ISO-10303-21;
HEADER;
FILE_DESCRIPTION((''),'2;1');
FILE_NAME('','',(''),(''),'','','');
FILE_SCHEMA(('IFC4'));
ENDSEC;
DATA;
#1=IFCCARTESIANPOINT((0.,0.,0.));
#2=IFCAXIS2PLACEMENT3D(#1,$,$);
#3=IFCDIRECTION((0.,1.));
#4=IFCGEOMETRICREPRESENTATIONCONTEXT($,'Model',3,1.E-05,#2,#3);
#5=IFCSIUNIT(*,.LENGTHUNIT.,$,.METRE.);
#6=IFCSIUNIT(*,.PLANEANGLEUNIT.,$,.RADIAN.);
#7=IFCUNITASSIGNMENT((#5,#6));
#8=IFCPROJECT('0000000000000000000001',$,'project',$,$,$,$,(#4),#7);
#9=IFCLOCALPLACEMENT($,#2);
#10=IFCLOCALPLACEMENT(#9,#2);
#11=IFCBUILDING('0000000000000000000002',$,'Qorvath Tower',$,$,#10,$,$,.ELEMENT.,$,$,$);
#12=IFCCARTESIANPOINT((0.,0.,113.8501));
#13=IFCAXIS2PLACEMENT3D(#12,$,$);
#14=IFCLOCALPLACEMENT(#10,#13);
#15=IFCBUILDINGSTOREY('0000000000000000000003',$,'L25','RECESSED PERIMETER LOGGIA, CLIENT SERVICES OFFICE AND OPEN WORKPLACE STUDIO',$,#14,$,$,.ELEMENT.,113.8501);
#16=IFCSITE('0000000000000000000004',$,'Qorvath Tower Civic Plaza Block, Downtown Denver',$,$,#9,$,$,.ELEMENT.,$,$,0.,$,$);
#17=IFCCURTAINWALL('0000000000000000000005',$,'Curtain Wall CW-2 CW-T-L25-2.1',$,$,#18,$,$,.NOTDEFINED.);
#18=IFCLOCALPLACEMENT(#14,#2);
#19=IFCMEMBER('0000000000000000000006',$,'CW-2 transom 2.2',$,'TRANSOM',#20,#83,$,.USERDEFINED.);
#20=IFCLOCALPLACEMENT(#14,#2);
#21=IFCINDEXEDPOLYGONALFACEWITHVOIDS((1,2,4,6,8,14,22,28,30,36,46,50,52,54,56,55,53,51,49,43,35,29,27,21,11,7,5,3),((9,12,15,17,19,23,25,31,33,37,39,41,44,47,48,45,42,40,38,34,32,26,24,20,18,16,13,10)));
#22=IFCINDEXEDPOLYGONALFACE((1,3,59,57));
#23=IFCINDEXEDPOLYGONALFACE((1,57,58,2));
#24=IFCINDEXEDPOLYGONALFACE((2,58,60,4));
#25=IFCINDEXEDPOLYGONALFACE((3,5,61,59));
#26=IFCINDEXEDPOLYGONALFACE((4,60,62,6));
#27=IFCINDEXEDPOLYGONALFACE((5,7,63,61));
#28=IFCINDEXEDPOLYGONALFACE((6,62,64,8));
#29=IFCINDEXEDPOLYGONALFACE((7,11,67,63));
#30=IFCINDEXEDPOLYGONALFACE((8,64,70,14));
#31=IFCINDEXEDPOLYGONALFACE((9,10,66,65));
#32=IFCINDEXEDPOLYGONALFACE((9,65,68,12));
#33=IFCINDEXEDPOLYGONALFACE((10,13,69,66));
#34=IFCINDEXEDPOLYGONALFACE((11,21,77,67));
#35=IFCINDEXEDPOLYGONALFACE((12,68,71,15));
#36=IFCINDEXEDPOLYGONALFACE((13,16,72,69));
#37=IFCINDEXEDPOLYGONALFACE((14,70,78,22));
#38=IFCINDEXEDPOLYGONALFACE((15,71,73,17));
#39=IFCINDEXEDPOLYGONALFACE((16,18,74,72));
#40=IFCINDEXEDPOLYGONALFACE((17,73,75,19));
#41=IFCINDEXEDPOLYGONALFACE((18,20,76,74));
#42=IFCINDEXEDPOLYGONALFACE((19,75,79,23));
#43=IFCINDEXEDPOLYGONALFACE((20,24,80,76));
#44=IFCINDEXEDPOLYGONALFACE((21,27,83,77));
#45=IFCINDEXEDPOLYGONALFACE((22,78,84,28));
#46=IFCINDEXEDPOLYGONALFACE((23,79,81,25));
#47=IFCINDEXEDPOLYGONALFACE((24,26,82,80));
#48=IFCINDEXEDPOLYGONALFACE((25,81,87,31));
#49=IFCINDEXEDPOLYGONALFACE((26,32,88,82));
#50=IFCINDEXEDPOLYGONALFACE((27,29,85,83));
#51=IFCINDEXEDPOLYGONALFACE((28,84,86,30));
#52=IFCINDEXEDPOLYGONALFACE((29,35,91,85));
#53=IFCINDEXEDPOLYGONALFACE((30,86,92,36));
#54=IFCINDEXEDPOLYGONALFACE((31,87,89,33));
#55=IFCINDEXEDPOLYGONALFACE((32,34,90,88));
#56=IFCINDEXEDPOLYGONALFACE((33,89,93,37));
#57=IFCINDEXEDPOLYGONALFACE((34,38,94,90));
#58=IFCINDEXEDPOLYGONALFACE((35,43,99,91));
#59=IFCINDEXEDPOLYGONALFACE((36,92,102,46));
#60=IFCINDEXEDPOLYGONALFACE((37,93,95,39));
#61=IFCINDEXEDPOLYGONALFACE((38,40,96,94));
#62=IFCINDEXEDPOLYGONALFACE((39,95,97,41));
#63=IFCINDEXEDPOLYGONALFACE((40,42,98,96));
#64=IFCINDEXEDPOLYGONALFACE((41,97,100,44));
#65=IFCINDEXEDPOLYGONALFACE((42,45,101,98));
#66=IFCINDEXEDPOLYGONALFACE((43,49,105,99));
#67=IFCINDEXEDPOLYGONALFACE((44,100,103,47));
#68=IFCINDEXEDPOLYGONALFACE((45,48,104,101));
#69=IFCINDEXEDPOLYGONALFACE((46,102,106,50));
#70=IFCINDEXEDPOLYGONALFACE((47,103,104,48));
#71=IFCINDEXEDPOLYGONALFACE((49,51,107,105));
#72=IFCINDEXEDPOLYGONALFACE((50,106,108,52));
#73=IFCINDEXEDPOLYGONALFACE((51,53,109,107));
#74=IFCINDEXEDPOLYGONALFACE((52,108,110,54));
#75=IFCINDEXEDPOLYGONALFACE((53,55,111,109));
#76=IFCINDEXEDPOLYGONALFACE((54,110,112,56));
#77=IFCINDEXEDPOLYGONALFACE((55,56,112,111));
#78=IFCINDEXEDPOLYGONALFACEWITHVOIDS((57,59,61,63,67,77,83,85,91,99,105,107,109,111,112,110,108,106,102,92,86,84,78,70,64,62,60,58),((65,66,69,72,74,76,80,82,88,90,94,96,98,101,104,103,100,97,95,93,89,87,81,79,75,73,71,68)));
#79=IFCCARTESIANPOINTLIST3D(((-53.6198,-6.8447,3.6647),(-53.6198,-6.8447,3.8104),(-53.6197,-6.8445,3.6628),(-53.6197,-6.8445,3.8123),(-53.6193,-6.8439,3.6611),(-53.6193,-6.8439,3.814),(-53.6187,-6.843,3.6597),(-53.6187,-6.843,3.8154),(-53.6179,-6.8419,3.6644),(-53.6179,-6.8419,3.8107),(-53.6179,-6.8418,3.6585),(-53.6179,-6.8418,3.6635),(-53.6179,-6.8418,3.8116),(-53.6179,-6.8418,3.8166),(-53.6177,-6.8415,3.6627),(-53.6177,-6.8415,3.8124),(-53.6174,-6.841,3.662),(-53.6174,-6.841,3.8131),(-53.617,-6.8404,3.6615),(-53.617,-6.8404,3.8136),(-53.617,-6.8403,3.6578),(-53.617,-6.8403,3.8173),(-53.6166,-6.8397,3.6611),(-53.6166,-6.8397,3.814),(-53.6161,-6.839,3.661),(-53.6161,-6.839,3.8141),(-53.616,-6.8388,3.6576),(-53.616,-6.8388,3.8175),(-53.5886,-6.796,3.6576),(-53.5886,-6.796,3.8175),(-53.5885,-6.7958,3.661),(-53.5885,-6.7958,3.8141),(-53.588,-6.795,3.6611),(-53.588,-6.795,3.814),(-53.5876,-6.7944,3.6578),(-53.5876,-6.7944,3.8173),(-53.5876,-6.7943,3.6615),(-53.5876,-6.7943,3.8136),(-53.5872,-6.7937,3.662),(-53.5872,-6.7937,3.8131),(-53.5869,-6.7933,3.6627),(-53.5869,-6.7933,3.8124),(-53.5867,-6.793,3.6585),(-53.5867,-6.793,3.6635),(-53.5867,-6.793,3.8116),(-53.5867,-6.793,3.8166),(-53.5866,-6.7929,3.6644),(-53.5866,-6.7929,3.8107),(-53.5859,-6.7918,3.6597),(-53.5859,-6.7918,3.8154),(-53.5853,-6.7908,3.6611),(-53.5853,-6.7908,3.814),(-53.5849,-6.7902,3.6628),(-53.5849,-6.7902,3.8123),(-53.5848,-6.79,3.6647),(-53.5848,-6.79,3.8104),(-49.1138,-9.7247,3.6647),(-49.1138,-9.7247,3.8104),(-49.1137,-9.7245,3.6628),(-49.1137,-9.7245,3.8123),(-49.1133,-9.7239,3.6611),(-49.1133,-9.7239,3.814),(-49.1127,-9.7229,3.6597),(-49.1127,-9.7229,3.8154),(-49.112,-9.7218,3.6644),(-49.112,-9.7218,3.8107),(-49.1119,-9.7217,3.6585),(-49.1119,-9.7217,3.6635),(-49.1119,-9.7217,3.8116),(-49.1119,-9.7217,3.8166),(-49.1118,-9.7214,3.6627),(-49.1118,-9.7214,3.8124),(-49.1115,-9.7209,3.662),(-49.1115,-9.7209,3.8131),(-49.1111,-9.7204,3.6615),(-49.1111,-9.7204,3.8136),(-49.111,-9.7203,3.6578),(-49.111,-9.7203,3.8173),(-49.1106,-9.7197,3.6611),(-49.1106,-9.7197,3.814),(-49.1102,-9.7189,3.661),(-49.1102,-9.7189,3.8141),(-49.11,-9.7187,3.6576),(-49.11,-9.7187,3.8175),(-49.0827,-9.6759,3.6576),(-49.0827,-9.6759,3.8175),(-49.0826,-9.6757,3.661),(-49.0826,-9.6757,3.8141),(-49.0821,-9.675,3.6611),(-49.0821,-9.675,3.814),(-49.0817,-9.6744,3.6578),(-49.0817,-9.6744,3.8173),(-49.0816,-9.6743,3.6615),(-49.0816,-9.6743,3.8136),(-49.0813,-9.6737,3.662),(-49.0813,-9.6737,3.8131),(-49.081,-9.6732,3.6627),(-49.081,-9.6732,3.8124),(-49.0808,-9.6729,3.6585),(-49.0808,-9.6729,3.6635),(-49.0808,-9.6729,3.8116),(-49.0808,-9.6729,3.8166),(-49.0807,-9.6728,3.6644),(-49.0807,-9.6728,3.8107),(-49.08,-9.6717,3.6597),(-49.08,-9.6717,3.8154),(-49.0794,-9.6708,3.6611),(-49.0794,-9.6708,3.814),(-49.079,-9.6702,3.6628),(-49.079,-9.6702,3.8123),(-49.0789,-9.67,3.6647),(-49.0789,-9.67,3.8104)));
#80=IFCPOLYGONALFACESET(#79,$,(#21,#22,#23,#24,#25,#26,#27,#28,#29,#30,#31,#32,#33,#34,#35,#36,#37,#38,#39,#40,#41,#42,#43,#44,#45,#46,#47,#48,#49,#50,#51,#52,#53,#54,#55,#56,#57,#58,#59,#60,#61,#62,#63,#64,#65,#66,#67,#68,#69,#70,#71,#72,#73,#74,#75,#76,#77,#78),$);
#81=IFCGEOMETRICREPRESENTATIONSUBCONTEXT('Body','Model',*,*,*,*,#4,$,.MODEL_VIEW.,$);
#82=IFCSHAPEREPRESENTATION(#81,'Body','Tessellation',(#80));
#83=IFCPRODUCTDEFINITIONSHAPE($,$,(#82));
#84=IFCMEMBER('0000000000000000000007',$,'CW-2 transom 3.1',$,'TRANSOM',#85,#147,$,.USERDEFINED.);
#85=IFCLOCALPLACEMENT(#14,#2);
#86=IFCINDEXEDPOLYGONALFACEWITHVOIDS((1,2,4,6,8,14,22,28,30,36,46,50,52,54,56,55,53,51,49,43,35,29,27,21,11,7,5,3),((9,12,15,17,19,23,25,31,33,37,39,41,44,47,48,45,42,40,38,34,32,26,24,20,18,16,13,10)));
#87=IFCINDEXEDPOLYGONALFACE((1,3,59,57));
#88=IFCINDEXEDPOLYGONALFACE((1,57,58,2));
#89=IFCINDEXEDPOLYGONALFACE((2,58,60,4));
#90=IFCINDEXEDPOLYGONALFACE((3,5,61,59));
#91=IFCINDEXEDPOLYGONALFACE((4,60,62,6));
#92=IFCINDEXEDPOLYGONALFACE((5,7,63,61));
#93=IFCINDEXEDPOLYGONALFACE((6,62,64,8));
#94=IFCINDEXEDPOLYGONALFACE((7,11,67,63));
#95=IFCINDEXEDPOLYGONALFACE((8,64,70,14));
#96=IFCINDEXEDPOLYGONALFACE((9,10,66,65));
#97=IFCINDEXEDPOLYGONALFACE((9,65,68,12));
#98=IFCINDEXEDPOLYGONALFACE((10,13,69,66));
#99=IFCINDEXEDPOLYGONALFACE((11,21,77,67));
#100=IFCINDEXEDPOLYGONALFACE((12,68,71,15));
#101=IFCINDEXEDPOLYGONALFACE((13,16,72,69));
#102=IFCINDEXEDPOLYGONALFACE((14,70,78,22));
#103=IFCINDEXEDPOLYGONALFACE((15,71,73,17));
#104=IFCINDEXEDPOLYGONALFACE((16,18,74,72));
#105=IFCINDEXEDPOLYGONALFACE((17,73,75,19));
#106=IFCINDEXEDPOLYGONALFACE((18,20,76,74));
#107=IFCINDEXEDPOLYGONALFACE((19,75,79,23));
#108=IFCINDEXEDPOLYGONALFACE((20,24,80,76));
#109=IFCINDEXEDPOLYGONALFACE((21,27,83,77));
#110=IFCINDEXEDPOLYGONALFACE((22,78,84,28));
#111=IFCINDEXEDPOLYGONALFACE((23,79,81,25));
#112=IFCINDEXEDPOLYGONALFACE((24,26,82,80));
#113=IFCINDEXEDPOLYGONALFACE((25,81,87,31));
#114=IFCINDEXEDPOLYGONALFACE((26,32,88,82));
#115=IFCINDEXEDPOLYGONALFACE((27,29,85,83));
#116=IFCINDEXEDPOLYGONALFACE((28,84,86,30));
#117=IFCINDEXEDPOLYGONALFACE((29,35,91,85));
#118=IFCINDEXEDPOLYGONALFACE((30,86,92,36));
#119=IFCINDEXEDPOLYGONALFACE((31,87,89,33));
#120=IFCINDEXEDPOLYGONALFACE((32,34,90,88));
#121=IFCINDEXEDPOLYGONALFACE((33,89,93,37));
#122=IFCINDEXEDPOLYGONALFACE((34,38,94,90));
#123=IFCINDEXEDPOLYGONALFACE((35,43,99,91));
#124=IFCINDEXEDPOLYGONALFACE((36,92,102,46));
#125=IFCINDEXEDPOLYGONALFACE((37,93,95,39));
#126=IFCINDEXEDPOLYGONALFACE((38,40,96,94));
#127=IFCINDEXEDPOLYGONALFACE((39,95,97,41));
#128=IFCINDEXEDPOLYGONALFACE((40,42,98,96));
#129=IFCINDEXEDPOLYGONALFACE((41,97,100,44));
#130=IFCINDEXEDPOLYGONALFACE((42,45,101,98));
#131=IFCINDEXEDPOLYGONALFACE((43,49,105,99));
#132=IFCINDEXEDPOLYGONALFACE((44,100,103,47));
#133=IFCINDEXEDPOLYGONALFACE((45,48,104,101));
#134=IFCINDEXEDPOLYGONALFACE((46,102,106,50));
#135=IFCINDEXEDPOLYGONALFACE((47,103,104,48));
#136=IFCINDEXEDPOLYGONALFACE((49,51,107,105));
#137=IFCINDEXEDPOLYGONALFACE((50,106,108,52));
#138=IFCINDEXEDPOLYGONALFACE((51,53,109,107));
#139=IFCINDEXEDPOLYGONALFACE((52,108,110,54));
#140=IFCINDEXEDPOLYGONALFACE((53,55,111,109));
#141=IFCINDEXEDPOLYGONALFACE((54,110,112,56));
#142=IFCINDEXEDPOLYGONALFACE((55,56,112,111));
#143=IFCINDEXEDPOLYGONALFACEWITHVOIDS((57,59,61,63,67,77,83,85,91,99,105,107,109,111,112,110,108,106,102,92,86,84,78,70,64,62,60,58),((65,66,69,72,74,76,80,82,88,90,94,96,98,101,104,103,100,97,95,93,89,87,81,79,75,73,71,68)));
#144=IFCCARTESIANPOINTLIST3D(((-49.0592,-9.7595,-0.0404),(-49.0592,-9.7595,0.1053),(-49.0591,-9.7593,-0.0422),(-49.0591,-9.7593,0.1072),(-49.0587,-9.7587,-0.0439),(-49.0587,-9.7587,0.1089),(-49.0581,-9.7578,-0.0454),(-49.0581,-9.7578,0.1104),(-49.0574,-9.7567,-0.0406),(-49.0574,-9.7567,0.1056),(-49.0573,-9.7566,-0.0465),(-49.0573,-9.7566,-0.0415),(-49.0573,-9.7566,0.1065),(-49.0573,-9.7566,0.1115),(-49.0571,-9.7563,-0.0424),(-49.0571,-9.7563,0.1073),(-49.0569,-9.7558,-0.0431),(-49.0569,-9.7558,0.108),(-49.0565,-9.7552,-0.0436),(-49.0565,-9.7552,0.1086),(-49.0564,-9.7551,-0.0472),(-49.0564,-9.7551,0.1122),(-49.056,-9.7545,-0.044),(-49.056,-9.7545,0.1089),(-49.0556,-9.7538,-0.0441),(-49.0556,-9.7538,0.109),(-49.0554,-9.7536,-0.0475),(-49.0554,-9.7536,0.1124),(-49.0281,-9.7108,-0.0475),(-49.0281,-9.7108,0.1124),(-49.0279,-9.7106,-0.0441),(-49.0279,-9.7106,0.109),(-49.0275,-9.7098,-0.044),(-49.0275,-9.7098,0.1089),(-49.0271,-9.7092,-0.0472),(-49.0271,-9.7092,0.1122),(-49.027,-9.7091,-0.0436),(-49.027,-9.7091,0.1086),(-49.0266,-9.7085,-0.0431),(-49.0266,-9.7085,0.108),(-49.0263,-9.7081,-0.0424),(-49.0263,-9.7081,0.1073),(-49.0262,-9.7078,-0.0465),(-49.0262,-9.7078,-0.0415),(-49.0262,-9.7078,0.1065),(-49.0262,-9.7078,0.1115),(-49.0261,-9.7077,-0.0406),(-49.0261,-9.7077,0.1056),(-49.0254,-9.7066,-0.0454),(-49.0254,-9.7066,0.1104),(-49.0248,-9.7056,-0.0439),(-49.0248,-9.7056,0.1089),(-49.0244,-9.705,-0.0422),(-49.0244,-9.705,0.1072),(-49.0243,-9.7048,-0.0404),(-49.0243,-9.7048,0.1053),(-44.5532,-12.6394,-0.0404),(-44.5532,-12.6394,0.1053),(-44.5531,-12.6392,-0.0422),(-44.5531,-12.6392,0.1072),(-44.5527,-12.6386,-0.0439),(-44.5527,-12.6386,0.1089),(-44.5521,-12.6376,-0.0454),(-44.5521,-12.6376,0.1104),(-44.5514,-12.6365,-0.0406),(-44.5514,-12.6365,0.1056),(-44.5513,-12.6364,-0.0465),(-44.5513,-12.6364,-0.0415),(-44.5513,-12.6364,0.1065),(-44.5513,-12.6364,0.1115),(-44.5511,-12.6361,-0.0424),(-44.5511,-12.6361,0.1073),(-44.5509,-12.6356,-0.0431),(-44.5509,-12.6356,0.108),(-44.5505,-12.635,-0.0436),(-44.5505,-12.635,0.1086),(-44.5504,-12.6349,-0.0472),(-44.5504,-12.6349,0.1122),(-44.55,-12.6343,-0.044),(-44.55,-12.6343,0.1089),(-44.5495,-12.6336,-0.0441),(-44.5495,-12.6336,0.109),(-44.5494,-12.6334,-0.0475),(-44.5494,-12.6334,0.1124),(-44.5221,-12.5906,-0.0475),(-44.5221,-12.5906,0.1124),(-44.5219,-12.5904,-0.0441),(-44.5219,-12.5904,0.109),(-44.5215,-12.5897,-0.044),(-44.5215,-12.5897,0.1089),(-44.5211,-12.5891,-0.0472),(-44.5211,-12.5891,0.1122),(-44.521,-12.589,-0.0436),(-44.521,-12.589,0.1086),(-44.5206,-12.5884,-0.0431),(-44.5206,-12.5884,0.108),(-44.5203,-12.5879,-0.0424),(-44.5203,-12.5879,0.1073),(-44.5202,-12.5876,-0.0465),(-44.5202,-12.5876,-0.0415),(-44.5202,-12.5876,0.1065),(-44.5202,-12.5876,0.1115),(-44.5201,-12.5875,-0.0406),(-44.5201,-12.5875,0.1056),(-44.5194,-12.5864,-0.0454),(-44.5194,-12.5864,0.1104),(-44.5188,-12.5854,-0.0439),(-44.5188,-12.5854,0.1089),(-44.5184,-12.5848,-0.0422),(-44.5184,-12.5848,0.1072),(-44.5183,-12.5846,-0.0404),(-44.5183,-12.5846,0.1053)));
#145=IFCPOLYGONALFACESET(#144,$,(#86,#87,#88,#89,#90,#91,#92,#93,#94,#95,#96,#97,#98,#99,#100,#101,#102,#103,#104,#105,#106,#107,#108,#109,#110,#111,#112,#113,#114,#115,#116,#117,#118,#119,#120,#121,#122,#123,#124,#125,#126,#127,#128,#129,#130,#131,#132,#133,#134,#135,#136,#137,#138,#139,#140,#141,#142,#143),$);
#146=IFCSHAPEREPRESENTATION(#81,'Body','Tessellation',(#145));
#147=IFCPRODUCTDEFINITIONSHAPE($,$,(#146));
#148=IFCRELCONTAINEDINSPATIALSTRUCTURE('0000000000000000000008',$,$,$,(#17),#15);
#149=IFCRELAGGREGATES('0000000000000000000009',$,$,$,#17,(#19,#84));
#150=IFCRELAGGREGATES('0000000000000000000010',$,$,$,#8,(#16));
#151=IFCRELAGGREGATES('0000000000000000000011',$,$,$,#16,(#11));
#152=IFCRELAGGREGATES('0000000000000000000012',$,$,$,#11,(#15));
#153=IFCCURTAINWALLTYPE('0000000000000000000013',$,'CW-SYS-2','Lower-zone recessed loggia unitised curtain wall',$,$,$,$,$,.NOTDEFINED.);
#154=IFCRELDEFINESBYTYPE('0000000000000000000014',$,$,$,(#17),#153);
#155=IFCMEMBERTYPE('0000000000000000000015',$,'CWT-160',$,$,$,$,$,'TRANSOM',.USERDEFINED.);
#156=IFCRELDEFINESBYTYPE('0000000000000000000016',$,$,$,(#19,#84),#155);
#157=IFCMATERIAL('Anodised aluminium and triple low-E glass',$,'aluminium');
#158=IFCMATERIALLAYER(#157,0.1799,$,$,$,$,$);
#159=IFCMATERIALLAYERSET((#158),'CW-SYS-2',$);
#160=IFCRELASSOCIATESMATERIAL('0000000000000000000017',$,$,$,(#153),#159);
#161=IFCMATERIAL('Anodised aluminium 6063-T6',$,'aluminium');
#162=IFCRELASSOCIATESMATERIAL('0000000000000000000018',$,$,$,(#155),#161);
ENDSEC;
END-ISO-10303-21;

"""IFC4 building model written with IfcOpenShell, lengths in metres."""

from ifc_helpers import new_model, si_unit, direction, frame, origin, origin_2d, place, context, subcontext, project, spatial, hollow_rectangle, extrude, material, layer, layer_set, material_profile, profile_set, type_object, element, aggregate, save


model = new_model("IFC4")

# Units and contexts
model_context = context("Model", 3, precision=1e-05, world=origin(), true_north=direction((0.0, 1.0)))
body_context = subcontext(model_context, "Body", "Model", "MODEL_VIEW")
ifc_project = project(units=[si_unit("LENGTHUNIT", "METRE"), si_unit("PLANEANGLEUNIT", "RADIAN")], contexts=[model_context])

# Site, building, storey
site_placement = place(None, origin())
site = spatial("IfcSite", under=ifc_project, at=site_placement, Name="Qorvath Tower Civic Plaza Block, Downtown Denver", CompositionType="ELEMENT", RefElevation=0.0)
building_placement = place(site_placement, origin())
building = spatial("IfcBuilding", under=site, at=building_placement, Name="Qorvath Tower", CompositionType="ELEMENT")
storey_placement = place(building_placement, frame((0.0, 0.0, 113.8501)))
storey = spatial("IfcBuildingStorey", under=building, at=storey_placement, Name="L25", Description="RECESSED PERIMETER LOGGIA, CLIENT SERVICES OFFICE AND OPEN WORKPLACE STUDIO", CompositionType="ELEMENT", Elevation=113.8501)

# Curtain wall, members
ifc_material_1 = material(Name="Anodised aluminium and triple low-E glass", Category="aluminium")
ifc_layer_1 = layer(ifc_material_1, 0.1799)
ifc_layer_set_1 = layer_set([ifc_layer_1], Name="CW-SYS-2")
curtain_wall_type = type_object("IfcCurtainWallType", Name="CW-SYS-2", Description="Lower-zone recessed loggia unitised curtain wall", PredefinedType="NOTDEFINED", material=ifc_layer_set_1)
curtain_wall_placement = place(storey_placement, origin())
curtain_wall = element("IfcCurtainWall", 1, at=curtain_wall_placement, inside=storey, type_object=curtain_wall_type, Name="Curtain Wall CW-2 CW-T-L25-2.1", PredefinedType="NOTDEFINED")
ifc_material_2 = material(Name="Anodised aluminium 6063-T6", Category="aluminium")
ifc_material_profile_1 = material_profile(ifc_material_2, hollow_rectangle(XDim=0.0649, YDim=0.1599, WallThickness=0.0034, InnerFilletRadius=0.0034, OuterFilletRadius=0.0071, at=origin_2d()), Name="CWT 160x65")
ifc_profile_set_1 = profile_set([ifc_material_profile_1], Name="Anodised aluminium 6063-T6")
member_type_1 = type_object("IfcMemberType", Name="CWT-160", ElementType="TRANSOM", PredefinedType="USERDEFINED", material=ifc_profile_set_1)
member_1_placement = place(storey_placement, frame((-53.6023, -6.8174, 3.7375), z_axis=(0.8426, -0.538541, 0.0), x_axis=(0.538541, 0.8426, 0.0)))
member_1 = element("IfcMember", 2, at=member_1_placement, type_object=member_type_1, Name="CW-2 transom 2.2", ObjectType="TRANSOM", PredefinedType="USERDEFINED", context=body_context, shape_type="SweptSolid", body=[
    extrude(hollow_rectangle(XDim=0.0649, YDim=0.1599, WallThickness=0.0034, InnerFilletRadius=0.0034, OuterFilletRadius=0.0071, at=origin_2d()), origin(), (0.0, 0.0, 1.0), 5.3477),
])
member_2_placement = place(storey_placement, frame((-49.0417, -9.7322, 0.0325), z_axis=(0.842613, -0.53852, 0.0), x_axis=(0.53852, 0.842613, 0.0)))
member_2 = element("IfcMember", 3, at=member_2_placement, type_object=member_type_1, Name="CW-2 transom 3.1", ObjectType="TRANSOM", PredefinedType="USERDEFINED", context=body_context, shape_type="SweptSolid", body=[
    extrude(hollow_rectangle(XDim=0.0649, YDim=0.1599, WallThickness=0.0034, InnerFilletRadius=0.0034, OuterFilletRadius=0.0071, at=origin_2d()), origin(), (0.0, 0.0, 1.0), 5.3477),
])
aggregate(curtain_wall, [member_1, member_2])

save(model, "model.ifc")
